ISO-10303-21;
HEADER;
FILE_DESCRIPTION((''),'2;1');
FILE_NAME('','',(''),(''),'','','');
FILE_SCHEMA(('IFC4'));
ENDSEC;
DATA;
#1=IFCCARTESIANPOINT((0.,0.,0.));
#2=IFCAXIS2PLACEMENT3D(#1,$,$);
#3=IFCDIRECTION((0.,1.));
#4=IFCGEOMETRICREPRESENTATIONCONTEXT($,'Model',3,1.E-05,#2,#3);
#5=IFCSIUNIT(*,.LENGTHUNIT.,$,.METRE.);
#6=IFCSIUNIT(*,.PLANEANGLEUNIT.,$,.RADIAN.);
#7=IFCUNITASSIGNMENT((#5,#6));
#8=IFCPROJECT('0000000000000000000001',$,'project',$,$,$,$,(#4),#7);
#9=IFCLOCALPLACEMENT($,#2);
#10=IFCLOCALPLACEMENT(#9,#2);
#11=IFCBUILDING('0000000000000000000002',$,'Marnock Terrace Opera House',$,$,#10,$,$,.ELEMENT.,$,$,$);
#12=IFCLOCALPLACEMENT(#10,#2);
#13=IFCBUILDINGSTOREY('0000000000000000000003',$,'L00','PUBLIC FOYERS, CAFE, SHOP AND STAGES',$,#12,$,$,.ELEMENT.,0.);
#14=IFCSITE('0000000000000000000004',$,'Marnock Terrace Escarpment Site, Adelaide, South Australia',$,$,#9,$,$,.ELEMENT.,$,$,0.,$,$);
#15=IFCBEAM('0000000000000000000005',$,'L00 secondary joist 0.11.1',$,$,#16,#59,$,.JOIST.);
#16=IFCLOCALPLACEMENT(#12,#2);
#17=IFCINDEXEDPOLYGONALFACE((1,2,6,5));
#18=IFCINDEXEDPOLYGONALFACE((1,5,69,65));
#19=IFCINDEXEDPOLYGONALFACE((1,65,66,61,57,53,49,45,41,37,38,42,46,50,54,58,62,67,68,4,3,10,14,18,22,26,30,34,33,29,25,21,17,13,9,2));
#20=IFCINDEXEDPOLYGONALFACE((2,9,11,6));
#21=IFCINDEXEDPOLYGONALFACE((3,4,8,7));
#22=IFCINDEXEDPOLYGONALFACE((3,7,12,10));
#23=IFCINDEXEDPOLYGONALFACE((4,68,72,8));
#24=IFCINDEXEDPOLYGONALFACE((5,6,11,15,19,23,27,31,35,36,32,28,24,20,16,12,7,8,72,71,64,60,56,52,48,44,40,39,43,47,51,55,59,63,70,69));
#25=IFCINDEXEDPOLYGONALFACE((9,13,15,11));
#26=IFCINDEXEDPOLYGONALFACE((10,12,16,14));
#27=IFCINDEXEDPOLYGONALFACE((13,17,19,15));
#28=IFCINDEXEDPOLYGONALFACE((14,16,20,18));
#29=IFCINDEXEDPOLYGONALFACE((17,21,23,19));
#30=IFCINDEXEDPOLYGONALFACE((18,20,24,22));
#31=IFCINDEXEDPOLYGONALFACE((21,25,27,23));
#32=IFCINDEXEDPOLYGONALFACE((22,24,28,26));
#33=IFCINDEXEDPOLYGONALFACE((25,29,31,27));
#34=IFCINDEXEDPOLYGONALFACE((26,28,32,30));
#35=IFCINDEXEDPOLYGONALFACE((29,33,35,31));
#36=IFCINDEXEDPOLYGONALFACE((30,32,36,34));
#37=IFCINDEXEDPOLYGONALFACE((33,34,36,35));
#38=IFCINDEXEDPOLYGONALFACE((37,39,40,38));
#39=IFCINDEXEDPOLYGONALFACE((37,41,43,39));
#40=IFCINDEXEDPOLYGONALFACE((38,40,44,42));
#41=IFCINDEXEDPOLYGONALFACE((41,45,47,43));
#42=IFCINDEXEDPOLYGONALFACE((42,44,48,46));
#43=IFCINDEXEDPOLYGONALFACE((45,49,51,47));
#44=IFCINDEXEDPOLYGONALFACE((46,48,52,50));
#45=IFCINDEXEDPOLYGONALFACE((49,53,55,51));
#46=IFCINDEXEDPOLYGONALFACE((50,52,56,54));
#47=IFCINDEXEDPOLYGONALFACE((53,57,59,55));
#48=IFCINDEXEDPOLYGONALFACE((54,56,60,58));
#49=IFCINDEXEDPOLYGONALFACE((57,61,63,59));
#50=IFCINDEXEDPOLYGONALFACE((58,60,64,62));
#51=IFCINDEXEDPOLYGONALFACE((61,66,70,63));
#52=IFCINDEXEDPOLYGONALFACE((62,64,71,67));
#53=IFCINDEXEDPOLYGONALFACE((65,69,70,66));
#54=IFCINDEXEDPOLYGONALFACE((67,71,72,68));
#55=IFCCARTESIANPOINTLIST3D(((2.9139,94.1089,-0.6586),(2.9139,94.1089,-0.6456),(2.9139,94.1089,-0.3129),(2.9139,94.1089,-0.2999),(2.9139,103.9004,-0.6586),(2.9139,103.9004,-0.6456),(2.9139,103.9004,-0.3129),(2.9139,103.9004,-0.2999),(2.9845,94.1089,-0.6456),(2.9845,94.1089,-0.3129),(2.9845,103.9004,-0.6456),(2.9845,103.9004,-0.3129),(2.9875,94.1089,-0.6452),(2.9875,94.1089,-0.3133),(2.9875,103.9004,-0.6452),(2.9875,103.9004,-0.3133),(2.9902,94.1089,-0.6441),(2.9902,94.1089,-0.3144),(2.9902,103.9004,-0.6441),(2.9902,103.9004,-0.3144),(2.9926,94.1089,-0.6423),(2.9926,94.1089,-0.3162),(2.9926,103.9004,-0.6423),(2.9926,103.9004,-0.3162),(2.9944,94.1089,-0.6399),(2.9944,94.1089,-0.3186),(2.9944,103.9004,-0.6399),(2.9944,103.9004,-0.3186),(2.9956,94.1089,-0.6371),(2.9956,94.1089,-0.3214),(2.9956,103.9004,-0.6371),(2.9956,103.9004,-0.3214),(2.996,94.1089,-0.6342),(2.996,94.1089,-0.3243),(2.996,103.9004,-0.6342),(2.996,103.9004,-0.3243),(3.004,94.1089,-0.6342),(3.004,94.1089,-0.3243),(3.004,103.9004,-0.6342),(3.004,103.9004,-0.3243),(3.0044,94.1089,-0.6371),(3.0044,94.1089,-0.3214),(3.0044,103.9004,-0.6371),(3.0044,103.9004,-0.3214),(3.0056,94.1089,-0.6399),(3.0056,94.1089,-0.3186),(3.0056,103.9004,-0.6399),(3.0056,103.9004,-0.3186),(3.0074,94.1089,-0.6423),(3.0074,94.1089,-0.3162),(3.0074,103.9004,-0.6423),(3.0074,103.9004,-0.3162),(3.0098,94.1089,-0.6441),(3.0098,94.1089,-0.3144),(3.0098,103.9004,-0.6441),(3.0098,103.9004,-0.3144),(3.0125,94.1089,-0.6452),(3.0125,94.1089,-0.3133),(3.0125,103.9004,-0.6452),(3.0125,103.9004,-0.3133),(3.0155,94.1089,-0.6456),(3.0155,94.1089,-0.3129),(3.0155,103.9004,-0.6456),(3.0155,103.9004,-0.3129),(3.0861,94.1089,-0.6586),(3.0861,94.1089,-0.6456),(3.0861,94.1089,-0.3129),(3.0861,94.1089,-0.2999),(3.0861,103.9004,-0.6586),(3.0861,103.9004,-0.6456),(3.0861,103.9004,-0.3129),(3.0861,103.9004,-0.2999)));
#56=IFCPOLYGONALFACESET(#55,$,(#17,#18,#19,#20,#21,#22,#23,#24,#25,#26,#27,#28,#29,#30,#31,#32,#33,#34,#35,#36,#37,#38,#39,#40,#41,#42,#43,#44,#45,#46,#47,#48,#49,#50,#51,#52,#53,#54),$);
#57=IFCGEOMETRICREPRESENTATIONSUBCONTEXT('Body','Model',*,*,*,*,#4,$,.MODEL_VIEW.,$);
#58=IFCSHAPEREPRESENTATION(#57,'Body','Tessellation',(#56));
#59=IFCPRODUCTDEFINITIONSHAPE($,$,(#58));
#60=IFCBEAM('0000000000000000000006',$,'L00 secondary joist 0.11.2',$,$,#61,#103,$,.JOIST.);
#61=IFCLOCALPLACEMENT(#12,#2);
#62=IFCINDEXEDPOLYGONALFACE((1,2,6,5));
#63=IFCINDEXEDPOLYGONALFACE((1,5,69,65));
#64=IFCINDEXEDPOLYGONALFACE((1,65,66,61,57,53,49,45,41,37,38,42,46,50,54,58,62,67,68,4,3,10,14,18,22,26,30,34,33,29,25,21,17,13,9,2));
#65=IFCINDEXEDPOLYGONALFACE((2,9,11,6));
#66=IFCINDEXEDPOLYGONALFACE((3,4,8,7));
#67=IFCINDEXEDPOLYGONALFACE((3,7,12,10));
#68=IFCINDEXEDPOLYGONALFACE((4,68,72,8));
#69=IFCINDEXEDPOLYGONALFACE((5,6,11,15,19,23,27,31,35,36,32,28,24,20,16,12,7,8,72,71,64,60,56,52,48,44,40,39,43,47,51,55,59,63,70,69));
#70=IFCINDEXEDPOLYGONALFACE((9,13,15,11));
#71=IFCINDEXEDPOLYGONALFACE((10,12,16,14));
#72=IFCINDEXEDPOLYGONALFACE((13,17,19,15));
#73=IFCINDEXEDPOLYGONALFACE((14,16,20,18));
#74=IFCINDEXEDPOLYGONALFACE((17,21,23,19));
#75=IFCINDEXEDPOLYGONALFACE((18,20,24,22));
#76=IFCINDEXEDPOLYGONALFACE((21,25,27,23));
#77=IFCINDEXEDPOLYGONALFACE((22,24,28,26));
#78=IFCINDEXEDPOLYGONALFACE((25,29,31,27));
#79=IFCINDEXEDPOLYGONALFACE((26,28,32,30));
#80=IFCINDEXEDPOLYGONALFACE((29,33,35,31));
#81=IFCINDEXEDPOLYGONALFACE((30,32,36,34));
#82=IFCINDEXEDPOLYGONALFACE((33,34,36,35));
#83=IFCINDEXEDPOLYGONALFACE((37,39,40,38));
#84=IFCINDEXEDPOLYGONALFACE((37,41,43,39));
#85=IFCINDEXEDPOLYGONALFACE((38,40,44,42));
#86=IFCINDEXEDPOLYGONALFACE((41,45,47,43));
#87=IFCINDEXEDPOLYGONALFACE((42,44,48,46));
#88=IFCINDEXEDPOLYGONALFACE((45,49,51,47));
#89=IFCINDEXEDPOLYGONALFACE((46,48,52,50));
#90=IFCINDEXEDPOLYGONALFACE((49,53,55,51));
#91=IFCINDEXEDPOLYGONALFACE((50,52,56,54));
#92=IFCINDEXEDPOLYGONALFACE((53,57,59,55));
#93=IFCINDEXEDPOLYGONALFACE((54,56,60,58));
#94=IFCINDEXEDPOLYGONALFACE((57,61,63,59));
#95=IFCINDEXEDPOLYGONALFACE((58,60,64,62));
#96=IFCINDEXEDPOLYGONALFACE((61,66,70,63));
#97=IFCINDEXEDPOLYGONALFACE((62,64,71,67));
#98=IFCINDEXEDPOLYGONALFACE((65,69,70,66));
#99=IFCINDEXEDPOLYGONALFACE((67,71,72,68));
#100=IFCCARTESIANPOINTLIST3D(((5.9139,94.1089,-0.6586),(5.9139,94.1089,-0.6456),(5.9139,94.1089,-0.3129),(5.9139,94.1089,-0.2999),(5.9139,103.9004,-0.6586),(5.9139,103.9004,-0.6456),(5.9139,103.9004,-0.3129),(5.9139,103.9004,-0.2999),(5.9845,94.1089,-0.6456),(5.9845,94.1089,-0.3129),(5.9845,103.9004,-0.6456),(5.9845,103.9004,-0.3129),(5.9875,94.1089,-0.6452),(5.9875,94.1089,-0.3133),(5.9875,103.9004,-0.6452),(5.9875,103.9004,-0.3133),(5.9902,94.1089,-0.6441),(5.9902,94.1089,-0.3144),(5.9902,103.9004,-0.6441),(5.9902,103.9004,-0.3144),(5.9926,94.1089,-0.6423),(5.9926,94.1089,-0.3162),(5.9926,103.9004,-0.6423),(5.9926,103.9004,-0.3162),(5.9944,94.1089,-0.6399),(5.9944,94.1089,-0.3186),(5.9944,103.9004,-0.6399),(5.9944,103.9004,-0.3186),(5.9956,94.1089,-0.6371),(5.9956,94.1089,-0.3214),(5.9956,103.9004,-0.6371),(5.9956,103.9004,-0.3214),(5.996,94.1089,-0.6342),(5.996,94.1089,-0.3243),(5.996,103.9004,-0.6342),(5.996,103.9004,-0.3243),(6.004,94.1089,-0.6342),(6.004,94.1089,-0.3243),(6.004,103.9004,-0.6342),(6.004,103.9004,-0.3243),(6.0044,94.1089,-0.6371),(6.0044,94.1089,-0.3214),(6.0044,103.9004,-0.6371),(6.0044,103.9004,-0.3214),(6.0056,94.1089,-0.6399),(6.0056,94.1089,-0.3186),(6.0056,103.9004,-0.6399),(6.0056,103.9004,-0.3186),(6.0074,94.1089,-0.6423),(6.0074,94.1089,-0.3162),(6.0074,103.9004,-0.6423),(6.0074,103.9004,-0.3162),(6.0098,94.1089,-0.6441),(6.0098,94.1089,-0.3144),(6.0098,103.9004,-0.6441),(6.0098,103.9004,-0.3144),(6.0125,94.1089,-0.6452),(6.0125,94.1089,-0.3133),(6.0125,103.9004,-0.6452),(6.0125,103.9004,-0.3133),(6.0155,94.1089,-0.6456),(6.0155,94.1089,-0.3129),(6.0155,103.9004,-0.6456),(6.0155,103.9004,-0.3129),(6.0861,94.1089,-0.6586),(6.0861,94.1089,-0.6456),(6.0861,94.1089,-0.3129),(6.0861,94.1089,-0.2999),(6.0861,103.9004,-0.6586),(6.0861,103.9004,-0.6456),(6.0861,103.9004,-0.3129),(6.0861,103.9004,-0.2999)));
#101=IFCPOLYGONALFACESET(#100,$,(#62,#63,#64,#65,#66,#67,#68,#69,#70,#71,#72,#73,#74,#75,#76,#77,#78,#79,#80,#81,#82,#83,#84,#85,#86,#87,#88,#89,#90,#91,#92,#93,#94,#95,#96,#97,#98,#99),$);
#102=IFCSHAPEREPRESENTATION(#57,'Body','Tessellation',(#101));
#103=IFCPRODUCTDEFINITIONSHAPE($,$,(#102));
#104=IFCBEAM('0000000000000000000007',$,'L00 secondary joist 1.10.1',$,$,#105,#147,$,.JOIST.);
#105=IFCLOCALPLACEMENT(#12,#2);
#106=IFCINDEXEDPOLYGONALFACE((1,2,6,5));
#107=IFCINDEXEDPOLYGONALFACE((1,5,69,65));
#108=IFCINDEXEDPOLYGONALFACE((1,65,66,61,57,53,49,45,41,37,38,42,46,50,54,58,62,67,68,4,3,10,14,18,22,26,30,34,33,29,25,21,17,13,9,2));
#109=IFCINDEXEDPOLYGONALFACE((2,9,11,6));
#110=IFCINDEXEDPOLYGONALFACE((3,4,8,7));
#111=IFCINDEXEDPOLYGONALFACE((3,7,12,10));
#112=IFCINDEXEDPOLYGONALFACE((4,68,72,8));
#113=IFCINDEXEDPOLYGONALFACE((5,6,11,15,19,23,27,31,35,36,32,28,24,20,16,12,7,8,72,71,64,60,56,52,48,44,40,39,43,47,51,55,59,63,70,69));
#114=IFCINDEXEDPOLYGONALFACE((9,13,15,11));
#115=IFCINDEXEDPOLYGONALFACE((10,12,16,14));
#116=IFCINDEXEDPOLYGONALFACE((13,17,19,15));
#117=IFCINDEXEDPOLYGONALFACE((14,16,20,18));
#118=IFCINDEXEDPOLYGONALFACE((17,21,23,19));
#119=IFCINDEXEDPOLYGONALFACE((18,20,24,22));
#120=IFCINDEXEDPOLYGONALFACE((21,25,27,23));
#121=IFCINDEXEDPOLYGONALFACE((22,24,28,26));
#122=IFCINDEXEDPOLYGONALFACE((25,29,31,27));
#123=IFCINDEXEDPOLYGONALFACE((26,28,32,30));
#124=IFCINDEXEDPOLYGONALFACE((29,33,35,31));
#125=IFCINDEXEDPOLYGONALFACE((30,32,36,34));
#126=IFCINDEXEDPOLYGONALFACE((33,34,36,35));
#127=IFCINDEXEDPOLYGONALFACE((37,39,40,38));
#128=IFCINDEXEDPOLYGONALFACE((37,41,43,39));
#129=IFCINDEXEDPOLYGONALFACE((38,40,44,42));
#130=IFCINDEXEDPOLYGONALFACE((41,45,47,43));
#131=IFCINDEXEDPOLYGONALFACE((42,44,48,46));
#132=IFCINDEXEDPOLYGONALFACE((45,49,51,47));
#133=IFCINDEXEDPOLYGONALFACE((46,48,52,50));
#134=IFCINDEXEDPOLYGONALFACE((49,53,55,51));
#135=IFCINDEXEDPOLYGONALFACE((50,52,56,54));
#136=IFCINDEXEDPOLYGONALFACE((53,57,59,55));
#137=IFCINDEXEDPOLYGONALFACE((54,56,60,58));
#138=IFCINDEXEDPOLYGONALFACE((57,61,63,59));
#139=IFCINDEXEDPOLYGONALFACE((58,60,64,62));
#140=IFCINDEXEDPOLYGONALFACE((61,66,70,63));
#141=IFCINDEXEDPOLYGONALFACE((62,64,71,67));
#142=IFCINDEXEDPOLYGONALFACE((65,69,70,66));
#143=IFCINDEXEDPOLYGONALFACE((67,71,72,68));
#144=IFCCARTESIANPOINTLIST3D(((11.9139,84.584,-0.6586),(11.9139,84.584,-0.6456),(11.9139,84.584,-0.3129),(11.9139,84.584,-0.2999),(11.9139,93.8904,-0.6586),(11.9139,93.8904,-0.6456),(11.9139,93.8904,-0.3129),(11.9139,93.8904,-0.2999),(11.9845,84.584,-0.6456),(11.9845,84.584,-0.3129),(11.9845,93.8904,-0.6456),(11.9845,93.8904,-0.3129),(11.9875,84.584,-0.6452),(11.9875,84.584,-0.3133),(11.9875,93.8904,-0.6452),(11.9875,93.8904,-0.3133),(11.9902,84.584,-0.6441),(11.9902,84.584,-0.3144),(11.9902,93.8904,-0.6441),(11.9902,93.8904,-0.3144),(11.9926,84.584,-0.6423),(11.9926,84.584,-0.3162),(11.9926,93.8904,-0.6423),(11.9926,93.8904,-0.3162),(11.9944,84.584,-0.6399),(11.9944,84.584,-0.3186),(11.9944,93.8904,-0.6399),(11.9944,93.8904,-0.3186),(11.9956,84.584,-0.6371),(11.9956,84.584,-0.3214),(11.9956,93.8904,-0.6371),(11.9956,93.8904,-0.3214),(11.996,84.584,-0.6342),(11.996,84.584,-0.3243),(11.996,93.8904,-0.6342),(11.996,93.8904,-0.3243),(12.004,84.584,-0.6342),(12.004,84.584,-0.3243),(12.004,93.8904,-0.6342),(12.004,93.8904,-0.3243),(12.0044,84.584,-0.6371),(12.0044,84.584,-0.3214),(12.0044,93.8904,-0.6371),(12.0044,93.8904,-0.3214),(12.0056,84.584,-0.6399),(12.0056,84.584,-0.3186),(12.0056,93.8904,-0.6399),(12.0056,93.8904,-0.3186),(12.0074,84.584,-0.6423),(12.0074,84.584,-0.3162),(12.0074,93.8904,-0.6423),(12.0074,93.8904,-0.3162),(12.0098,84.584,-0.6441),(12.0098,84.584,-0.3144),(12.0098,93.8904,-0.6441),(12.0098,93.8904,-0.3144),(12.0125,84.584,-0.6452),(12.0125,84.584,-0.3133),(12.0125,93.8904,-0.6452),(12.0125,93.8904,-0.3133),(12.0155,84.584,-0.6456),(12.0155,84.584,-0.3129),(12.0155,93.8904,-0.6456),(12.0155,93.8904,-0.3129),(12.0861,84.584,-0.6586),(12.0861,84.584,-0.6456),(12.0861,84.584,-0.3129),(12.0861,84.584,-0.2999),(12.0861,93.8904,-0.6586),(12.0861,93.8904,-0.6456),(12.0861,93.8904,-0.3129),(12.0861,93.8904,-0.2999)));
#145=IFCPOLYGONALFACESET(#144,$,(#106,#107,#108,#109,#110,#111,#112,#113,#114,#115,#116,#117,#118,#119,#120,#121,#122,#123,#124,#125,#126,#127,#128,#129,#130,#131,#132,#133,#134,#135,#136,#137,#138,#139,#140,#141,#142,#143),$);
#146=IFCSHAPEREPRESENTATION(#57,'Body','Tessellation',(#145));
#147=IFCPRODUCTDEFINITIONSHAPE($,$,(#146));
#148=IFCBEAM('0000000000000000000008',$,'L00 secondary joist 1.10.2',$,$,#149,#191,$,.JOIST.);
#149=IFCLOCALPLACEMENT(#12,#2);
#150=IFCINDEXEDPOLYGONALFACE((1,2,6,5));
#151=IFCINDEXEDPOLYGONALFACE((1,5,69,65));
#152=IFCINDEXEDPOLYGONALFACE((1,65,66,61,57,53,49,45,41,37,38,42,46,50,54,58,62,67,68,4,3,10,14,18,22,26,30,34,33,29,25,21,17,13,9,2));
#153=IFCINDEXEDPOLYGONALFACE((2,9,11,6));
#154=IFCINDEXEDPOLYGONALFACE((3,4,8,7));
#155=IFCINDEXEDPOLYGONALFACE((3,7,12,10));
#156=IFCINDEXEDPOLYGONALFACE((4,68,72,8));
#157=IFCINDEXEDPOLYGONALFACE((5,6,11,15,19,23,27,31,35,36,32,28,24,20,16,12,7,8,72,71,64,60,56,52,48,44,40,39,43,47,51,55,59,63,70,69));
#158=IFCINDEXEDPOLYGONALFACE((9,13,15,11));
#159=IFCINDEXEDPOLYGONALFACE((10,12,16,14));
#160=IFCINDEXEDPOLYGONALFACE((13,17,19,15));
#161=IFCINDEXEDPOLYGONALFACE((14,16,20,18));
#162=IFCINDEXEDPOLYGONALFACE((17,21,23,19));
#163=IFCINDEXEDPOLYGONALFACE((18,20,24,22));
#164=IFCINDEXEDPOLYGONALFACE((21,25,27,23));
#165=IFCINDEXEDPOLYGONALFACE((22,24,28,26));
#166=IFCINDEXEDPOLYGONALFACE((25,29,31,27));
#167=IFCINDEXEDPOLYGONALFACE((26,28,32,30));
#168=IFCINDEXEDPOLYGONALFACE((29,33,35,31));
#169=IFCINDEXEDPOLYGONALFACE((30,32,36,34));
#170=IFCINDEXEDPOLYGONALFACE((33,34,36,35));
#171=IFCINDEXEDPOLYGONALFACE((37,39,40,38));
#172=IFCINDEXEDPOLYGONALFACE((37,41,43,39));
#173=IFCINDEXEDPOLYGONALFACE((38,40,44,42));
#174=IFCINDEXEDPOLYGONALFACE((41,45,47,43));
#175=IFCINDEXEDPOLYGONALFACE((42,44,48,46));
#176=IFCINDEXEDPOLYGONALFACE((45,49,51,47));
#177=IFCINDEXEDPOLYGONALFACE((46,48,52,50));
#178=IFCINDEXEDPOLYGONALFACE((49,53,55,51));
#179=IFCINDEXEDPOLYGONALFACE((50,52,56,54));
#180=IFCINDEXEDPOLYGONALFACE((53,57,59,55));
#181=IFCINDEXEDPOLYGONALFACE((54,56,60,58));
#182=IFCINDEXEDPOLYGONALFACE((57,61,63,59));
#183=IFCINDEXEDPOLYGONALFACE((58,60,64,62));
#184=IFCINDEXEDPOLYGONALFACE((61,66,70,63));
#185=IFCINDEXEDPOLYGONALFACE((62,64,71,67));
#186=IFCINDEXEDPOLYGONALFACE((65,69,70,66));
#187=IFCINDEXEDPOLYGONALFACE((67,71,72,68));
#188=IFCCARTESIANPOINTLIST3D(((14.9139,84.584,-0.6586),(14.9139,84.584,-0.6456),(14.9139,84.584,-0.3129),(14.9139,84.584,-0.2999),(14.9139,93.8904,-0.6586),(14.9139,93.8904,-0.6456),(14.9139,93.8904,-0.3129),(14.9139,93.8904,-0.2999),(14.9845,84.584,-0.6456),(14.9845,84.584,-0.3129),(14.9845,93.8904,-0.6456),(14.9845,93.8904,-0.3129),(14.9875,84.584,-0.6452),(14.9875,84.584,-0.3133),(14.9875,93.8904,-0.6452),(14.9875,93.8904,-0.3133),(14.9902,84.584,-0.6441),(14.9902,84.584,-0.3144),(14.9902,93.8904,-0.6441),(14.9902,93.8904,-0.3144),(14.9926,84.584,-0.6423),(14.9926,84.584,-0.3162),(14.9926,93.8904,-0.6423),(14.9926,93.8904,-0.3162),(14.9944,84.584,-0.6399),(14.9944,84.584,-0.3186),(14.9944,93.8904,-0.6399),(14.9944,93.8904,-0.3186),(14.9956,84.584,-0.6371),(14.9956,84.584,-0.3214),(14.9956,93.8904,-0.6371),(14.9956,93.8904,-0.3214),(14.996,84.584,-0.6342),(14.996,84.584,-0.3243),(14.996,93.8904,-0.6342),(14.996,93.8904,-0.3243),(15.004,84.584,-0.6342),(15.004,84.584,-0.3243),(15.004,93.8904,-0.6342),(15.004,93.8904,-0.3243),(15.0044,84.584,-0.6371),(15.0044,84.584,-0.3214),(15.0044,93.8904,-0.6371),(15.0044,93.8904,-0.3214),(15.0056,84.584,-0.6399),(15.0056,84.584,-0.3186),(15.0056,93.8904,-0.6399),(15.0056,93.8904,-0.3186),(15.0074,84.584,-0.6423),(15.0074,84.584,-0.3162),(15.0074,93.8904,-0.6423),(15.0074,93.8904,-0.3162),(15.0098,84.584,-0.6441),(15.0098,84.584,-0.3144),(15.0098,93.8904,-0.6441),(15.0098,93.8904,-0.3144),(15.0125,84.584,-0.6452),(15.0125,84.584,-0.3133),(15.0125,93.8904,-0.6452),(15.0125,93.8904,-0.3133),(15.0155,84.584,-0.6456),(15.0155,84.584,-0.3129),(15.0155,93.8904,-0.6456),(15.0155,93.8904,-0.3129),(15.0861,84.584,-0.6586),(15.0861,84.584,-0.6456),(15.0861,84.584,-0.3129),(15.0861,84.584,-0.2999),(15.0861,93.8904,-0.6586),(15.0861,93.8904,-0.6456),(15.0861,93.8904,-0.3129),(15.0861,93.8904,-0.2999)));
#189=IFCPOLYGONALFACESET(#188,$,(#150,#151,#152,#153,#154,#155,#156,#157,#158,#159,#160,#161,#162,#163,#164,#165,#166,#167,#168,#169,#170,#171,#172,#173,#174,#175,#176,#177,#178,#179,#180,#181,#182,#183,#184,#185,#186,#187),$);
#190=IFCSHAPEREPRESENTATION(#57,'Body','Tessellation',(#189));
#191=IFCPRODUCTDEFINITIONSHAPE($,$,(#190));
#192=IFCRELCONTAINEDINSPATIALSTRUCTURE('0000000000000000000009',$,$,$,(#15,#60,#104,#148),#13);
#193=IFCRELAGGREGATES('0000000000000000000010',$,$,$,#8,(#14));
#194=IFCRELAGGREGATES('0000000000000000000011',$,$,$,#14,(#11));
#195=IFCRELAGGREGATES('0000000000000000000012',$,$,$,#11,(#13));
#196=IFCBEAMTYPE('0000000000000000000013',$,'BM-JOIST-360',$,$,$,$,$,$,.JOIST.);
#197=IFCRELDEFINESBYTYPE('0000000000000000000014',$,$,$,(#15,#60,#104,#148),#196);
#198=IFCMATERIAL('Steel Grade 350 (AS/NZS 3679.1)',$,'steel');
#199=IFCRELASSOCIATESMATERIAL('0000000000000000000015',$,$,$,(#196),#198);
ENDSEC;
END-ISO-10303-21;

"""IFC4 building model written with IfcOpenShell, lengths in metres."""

from ifc_helpers import new_model, si_unit, direction, frame, origin, origin_2d, place, context, subcontext, project, spatial, i_section, extrude, material, material_profile, profile_set, type_object, element, save


model = new_model("IFC4")

# Units and contexts
model_context = context("Model", 3, precision=1e-05, world=origin(), true_north=direction((0.0, 1.0)))
body_context = subcontext(model_context, "Body", "Model", "MODEL_VIEW")
ifc_project = project(units=[si_unit("LENGTHUNIT", "METRE"), si_unit("PLANEANGLEUNIT", "RADIAN")], contexts=[model_context])

# Site, building, storey
site_placement = place(None, origin())
site = spatial("IfcSite", under=ifc_project, at=site_placement, Name="Marnock Terrace Escarpment Site, Adelaide, South Australia", CompositionType="ELEMENT", RefElevation=0.0)
building_placement = place(site_placement, origin())
building = spatial("IfcBuilding", under=site, at=building_placement, Name="Marnock Terrace Opera House", CompositionType="ELEMENT")
storey_placement = place(building_placement, origin())
storey = spatial("IfcBuildingStorey", under=building, at=storey_placement, Name="L00", Description="PUBLIC FOYERS, CAFE, SHOP AND STAGES", CompositionType="ELEMENT", Elevation=0.0)

# Beams
ifc_material_1 = material(Name="Steel Grade 350 (AS/NZS 3679.1)", Category="steel")
ifc_material_profile_1 = material_profile(ifc_material_1, i_section(OverallWidth=0.1721, OverallDepth=0.3586, WebThickness=0.0081, FlangeThickness=0.0129, FilletRadius=0.0115, at=origin_2d()))
ifc_profile_set_1 = profile_set([ifc_material_profile_1], Name="Steel Grade 350 (AS/NZS 3679.1)")
beam_type_1 = type_object("IfcBeamType", Name="BM-JOIST-360", PredefinedType="JOIST", material=ifc_profile_set_1)
for number, where, z_axis, x_axis, name in (
    (1, (3.0, 94.1089, -0.4792), (0.0, 1.0, 0.0), (-1.0, 0.0, 0.0), "L00 secondary joist 0.11.1"),
    (2, (6.0, 94.1089, -0.4792), (0.0, 1.0, 0.0), (-1.0, 0.0, 0.0), "L00 secondary joist 0.11.2"),
):
    element("IfcBeam", number, at=place(storey_placement, frame(where, z_axis=z_axis, x_axis=x_axis)), inside=storey, type_object=beam_type_1, Name=name, PredefinedType="JOIST", context=body_context, shape_type="SweptSolid", body=[
        extrude(i_section(OverallWidth=0.1721, OverallDepth=0.3586, WebThickness=0.0081, FlangeThickness=0.0129, FilletRadius=0.0115, at=origin_2d()), origin(), (0.0, 0.0, 1.0), 9.7915),
    ])
for number, where, z_axis, x_axis, name in (
    (3, (12.0, 84.584, -0.4792), (0.0, 1.0, 0.0), (-1.0, 0.0, 0.0), "L00 secondary joist 1.10.1"),
    (4, (15.0, 84.584, -0.4792), (0.0, 1.0, 0.0), (-1.0, 0.0, 0.0), "L00 secondary joist 1.10.2"),
):
    element("IfcBeam", number, at=place(storey_placement, frame(where, z_axis=z_axis, x_axis=x_axis)), inside=storey, type_object=beam_type_1, Name=name, PredefinedType="JOIST", context=body_context, shape_type="SweptSolid", body=[
        extrude(i_section(OverallWidth=0.1721, OverallDepth=0.3586, WebThickness=0.0081, FlangeThickness=0.0129, FilletRadius=0.0115, at=origin_2d()), origin(), (0.0, 0.0, 1.0), 9.3064),
    ])

save(model, "model.ifc")
